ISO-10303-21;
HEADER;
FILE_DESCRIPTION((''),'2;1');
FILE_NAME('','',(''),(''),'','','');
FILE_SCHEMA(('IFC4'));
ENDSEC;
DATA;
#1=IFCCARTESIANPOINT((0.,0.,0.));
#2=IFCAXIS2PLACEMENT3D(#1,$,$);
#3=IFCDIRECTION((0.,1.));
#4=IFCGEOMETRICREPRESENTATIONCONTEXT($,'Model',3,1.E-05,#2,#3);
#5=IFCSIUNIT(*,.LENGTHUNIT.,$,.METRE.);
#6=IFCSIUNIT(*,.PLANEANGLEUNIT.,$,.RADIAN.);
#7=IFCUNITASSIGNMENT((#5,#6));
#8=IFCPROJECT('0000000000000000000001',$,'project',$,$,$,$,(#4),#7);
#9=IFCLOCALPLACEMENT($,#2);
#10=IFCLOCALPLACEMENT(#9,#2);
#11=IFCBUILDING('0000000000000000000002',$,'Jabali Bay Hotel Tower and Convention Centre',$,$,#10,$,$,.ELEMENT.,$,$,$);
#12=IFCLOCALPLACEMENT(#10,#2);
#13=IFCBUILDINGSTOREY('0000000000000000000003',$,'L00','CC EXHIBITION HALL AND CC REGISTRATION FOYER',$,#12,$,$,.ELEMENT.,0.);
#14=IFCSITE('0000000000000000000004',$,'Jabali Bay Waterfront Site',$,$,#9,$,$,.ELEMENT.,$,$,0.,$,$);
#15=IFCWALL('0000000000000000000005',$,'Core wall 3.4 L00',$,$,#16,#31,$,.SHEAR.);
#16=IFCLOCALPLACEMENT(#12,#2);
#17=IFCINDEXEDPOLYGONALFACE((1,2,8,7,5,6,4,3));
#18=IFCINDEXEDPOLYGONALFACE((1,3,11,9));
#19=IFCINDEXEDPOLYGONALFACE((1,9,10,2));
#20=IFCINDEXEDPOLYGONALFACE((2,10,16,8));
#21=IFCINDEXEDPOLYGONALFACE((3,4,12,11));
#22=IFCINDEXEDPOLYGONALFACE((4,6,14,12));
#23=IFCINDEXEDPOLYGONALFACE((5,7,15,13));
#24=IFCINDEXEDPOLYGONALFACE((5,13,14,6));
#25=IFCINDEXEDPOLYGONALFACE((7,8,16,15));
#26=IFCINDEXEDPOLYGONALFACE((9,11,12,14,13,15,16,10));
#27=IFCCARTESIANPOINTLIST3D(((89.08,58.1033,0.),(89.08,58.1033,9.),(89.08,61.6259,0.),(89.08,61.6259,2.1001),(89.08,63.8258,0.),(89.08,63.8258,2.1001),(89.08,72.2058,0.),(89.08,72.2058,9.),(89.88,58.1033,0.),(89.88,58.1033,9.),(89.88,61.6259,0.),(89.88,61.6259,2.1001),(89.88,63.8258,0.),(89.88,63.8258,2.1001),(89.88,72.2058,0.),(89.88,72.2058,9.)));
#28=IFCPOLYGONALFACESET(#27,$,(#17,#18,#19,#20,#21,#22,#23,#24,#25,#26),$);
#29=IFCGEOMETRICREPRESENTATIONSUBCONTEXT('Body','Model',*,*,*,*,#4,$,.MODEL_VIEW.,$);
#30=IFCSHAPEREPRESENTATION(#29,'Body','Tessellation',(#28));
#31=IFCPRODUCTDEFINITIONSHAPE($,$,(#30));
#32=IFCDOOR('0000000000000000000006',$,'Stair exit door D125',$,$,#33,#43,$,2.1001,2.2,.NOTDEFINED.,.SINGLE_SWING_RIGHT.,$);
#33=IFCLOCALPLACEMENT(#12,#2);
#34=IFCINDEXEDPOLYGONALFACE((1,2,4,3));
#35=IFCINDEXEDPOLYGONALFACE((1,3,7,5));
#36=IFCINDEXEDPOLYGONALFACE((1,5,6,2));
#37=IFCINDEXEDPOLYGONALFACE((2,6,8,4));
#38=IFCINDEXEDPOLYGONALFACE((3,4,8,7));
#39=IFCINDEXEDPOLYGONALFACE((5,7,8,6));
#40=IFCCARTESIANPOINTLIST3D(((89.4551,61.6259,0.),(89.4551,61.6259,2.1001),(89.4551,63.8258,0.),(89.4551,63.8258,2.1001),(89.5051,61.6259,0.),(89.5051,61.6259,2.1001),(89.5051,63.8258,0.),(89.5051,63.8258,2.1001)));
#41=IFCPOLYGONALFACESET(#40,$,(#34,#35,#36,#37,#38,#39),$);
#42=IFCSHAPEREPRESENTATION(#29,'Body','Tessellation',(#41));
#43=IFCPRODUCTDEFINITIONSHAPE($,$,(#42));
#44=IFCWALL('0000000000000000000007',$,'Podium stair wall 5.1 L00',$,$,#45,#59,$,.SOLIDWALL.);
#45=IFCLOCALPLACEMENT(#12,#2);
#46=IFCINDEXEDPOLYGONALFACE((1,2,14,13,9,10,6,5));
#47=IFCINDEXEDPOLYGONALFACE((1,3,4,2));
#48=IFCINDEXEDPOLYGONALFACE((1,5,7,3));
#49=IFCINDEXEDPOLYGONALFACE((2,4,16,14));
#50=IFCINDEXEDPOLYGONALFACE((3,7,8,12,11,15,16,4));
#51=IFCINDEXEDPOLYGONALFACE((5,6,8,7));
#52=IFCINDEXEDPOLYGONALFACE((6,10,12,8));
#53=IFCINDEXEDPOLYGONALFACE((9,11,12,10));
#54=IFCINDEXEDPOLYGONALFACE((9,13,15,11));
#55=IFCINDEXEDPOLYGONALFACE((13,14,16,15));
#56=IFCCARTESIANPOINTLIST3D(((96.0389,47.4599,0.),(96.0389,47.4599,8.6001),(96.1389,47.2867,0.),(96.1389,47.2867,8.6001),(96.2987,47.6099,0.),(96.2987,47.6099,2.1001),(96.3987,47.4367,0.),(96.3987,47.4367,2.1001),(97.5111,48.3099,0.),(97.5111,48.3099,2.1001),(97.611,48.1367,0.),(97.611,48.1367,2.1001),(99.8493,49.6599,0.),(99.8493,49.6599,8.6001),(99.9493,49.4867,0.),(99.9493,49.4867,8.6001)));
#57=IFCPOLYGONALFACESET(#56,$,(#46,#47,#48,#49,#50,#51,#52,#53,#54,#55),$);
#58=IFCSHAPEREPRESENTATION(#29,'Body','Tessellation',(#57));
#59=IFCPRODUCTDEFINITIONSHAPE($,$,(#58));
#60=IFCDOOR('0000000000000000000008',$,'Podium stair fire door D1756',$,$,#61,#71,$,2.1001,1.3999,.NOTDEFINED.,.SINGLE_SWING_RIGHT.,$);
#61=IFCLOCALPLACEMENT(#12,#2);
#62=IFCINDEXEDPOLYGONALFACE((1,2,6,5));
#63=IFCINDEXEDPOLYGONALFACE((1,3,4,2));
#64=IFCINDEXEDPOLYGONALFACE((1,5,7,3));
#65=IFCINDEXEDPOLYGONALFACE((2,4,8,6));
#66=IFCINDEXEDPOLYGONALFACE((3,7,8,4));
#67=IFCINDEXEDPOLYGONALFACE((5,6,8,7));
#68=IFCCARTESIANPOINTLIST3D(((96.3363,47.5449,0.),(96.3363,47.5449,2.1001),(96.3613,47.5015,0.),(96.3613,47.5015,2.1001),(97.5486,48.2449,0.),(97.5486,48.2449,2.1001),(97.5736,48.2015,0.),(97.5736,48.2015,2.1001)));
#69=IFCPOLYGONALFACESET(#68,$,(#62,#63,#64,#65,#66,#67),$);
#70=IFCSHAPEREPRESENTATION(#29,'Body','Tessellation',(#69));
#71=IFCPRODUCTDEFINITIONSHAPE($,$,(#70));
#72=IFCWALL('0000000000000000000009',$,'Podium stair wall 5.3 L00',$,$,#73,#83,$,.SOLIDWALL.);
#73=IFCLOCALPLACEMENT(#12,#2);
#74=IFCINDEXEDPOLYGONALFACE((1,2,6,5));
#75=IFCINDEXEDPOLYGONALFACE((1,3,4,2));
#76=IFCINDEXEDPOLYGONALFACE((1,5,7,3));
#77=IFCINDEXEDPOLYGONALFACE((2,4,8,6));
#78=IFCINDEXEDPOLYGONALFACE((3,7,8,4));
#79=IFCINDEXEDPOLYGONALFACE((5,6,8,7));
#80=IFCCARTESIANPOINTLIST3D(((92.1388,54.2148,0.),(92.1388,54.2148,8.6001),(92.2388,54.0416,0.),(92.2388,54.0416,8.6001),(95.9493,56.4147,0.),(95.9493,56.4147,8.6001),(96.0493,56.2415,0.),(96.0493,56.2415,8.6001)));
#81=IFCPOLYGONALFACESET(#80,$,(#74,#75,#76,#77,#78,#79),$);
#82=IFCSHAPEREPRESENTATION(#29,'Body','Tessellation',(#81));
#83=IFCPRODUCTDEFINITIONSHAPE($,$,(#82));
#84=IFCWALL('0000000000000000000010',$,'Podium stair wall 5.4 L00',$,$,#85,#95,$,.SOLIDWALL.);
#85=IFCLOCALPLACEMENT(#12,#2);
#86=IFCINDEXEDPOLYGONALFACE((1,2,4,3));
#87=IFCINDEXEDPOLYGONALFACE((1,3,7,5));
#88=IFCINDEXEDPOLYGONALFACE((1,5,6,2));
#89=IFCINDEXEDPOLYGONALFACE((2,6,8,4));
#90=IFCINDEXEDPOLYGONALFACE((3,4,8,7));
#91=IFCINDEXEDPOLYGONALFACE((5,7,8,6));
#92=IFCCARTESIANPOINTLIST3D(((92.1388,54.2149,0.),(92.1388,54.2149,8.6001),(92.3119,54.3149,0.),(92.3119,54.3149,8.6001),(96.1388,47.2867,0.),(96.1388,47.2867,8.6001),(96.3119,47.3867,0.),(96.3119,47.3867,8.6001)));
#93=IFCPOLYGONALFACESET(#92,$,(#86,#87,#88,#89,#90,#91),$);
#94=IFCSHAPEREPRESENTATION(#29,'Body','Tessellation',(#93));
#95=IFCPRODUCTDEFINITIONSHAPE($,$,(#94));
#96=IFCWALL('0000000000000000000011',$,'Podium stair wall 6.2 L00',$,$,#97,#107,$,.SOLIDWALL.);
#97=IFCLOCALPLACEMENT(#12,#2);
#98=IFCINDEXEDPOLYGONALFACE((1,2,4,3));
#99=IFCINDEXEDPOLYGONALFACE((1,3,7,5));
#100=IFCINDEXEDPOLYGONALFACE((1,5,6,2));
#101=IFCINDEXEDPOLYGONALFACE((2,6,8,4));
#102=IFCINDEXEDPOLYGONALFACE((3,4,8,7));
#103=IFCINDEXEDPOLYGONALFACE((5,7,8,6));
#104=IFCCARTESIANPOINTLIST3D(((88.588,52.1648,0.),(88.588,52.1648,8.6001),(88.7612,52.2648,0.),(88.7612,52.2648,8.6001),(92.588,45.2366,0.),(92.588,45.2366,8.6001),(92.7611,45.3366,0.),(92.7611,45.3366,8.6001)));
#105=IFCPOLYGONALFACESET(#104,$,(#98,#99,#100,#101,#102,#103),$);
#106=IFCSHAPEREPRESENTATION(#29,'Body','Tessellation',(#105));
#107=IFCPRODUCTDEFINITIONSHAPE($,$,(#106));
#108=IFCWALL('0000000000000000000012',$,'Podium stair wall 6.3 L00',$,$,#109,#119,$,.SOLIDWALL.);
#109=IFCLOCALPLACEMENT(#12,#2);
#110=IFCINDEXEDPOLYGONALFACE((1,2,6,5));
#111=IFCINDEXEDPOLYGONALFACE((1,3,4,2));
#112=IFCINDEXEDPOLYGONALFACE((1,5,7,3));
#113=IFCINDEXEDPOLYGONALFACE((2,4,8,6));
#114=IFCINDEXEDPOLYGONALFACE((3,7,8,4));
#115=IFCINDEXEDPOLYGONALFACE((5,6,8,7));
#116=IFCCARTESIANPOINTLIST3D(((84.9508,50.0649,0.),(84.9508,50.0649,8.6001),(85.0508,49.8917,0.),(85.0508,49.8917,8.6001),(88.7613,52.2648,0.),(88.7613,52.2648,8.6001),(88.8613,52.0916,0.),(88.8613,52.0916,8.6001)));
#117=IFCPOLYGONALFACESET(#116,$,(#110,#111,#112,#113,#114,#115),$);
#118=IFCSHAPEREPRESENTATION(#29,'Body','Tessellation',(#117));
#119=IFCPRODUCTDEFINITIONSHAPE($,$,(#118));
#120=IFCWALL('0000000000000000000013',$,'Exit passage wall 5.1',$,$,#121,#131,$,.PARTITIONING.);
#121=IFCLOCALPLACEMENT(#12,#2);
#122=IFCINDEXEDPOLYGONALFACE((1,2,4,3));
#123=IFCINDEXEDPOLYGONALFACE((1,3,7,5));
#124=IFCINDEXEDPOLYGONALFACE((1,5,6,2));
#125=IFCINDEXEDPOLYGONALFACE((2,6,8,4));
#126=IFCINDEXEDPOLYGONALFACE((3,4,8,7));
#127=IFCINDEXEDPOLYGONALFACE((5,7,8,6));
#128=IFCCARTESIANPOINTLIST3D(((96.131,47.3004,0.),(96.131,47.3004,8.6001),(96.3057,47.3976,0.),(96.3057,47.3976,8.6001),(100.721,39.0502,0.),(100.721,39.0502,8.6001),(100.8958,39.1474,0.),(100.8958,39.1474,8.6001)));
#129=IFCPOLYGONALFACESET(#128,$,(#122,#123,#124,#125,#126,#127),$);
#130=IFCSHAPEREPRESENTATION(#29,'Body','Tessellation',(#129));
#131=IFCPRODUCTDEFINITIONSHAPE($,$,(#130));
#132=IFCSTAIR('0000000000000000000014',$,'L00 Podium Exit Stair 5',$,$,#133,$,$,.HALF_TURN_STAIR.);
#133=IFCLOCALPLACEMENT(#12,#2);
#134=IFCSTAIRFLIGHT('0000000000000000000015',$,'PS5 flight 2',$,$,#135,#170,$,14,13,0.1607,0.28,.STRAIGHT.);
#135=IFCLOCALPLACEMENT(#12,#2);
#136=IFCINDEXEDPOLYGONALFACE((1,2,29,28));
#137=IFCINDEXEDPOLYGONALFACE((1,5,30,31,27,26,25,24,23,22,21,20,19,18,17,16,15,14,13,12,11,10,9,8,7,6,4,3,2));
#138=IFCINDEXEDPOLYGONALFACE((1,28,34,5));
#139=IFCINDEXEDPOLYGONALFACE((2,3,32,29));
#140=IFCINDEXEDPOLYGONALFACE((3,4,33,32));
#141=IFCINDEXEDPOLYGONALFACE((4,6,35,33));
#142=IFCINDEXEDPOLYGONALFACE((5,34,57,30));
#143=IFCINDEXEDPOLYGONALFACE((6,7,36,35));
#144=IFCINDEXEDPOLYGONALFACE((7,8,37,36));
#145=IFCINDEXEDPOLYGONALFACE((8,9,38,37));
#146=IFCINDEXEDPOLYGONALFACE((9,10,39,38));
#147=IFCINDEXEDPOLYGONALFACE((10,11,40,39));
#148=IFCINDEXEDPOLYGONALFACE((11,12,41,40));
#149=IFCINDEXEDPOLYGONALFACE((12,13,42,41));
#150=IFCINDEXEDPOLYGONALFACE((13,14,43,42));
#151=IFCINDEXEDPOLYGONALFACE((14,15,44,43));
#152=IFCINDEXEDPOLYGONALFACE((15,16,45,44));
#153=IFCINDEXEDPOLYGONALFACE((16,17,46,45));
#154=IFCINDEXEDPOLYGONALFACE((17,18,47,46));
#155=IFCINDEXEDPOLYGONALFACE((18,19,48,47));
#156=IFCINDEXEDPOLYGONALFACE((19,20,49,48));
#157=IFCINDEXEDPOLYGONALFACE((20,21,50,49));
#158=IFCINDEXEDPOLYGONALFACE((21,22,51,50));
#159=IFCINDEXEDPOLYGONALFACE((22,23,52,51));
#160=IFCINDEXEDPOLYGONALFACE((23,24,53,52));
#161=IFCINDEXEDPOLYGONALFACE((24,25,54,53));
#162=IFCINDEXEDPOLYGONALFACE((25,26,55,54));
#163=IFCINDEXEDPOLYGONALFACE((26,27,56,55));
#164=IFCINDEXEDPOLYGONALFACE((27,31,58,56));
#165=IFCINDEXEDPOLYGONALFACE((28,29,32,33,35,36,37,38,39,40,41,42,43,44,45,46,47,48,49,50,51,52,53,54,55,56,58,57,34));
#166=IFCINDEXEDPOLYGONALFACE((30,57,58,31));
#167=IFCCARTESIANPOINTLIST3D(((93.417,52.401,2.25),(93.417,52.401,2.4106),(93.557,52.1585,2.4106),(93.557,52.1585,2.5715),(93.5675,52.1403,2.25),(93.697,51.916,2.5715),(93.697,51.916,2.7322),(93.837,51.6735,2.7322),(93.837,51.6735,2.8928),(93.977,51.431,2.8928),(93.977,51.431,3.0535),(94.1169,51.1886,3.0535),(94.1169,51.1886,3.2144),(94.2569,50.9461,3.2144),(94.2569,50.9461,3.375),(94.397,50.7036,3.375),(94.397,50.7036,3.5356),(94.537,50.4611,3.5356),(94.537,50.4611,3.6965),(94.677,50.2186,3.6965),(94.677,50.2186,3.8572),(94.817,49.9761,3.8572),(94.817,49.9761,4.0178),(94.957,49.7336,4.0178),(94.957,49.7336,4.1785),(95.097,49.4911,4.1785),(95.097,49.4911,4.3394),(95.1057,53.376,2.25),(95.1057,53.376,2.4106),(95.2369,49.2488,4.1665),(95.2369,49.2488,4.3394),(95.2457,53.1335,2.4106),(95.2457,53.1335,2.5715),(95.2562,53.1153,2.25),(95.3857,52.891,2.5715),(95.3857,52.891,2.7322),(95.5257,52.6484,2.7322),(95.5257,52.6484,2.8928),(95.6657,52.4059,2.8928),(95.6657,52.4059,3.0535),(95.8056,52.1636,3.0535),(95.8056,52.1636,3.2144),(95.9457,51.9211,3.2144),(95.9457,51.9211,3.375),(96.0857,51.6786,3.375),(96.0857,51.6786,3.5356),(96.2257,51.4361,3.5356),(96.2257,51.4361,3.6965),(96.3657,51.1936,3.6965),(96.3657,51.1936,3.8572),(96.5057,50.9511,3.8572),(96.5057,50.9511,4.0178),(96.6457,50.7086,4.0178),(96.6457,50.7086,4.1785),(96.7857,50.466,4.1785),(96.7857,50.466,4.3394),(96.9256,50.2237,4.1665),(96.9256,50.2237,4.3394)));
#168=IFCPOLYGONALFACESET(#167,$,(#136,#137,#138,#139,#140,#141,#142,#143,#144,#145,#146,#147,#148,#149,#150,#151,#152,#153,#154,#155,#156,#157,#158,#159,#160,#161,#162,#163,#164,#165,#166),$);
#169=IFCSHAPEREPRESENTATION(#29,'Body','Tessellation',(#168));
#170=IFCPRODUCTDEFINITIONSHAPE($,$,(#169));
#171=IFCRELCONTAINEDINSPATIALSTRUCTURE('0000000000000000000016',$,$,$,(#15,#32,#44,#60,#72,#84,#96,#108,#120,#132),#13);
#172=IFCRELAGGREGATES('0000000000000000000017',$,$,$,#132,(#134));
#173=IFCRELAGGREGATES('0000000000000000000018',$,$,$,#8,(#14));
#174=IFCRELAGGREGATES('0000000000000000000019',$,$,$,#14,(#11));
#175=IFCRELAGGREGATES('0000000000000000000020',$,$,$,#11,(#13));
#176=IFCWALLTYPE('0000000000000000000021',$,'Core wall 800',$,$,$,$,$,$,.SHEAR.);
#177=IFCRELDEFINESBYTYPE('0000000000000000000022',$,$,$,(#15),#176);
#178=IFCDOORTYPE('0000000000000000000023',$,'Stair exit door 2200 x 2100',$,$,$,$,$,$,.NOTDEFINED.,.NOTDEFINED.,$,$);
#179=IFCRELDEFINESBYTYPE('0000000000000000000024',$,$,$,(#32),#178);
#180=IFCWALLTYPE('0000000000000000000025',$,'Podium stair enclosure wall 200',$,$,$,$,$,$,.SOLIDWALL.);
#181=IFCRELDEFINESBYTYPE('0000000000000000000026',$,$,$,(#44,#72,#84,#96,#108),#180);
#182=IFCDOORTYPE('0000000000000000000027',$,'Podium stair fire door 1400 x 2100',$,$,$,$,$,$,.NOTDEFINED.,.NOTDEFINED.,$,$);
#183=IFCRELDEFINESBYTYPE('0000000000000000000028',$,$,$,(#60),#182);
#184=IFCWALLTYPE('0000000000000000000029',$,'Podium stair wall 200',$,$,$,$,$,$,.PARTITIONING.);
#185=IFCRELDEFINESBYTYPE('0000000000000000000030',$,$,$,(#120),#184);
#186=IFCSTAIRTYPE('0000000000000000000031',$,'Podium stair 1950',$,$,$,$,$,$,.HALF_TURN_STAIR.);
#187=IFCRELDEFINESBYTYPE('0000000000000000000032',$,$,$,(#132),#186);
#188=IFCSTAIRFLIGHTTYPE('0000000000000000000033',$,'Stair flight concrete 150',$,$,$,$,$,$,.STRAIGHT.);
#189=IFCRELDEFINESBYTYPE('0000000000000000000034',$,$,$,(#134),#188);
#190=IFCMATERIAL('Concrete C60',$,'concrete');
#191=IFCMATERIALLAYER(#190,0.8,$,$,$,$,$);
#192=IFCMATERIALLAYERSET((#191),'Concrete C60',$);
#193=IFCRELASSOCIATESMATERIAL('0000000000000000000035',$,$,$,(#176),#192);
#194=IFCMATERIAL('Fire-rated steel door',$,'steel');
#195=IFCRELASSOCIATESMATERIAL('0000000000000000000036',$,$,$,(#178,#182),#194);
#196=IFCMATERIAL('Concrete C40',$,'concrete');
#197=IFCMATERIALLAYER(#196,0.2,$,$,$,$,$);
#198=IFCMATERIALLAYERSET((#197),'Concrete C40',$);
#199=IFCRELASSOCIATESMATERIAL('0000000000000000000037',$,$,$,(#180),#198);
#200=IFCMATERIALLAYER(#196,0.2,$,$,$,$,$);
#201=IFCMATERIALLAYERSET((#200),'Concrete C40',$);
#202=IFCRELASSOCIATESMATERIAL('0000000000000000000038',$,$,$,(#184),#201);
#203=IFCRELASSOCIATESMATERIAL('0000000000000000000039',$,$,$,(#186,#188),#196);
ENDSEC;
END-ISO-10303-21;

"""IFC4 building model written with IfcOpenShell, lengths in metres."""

from ifc_helpers import new_model, si_unit, direction, frame, frame_2d, origin, place, context, subcontext, project, spatial, polyline, rectangle, outline, extrude, material, layer, layer_set, type_object, element, fill, aggregate, save


model = new_model("IFC4")

# Units and contexts
model_context = context("Model", 3, precision=1e-05, world=origin(), true_north=direction((0.0, 1.0)))
body_context = subcontext(model_context, "Body", "Model", "MODEL_VIEW")
ifc_project = project(units=[si_unit("LENGTHUNIT", "METRE"), si_unit("PLANEANGLEUNIT", "RADIAN")], contexts=[model_context])

# Site, building, storey
site_placement = place(None, origin())
site = spatial("IfcSite", under=ifc_project, at=site_placement, Name="Jabali Bay Waterfront Site", CompositionType="ELEMENT", RefElevation=0.0)
building_placement = place(site_placement, origin())
building = spatial("IfcBuilding", under=site, at=building_placement, Name="Jabali Bay Hotel Tower and Convention Centre", CompositionType="ELEMENT")
storey_placement = place(building_placement, origin())
storey = spatial("IfcBuildingStorey", under=building, at=storey_placement, Name="L00", Description="CC EXHIBITION HALL AND CC REGISTRATION FOYER", CompositionType="ELEMENT", Elevation=0.0)

# Walls, openings, doors
ifc_material_1 = material(Name="Concrete C60", Category="concrete")
ifc_layer_1 = layer(ifc_material_1, 0.8)
ifc_layer_set_1 = layer_set([ifc_layer_1], Name="Concrete C60")
wall_type_1 = type_object("IfcWallType", Name="Core wall 800", PredefinedType="SHEAR", material=ifc_layer_set_1)
wall_1_placement = place(storey_placement, frame((89.48, 58.1033, 0.0), z_axis=(0.0, 0.0, 1.0), x_axis=(0.0, 1.0, 0.0)))
wall_1 = element("IfcWall", 1, at=wall_1_placement, inside=storey, type_object=wall_type_1, Name="Core wall 3.4 L00", PredefinedType="SHEAR", context=body_context, shape_type="SweptSolid", body=[
    extrude(rectangle(XDim=14.1025, YDim=0.8, at=frame_2d((7.0513, 0.0))), origin(), (0.0, 0.0, 1.0), 9.0),
])
opening_1_placement = place(wall_1_placement, frame((3.5225, 0.0, 0.0)))
opening_1 = element("IfcOpeningElement", 2, at=opening_1_placement, cuts=wall_1, PredefinedType="OPENING", context=body_context, shape_type="SweptSolid", body=[
    extrude(rectangle(XDim=2.2, YDim=2.1001, at=frame_2d((1.1001, 1.05))), frame((0.0, 0.4106, 0.0), z_axis=(0.0, -1.0, 0.0), x_axis=(1.0, 0.0, 0.0)), (0.0, 0.0, 1.0), 0.821),
])
ifc_material_2 = material(Name="Fire-rated steel door", Category="steel")
door_type_1 = type_object("IfcDoorType", Name="Stair exit door 2200 x 2100", OperationType="NOTDEFINED", PredefinedType="NOTDEFINED", material=ifc_material_2)
door_1_placement = place(opening_1_placement, origin())
door_1 = element("IfcDoor", 3, at=door_1_placement, inside=storey, type_object=door_type_1, Name="Stair exit door D125", OperationType="SINGLE_SWING_RIGHT", OverallHeight=2.1001, OverallWidth=2.2, PredefinedType="NOTDEFINED", context=body_context, shape_type="SweptSolid", body=[
    extrude(rectangle(XDim=2.2, YDim=2.1001, at=frame_2d((1.1001, 1.05))), frame((0.0, 0.0249, 0.0), z_axis=(0.0, -1.0, 0.0), x_axis=(1.0, 0.0, 0.0)), (0.0, 0.0, 1.0), 0.05),
])
fill(opening_1, door_1)
ifc_material_3 = material(Name="Concrete C40", Category="concrete")
ifc_layer_2 = layer(ifc_material_3, 0.2)
ifc_layer_set_2 = layer_set([ifc_layer_2], Name="Concrete C40")
wall_type_2 = type_object("IfcWallType", Name="Podium stair enclosure wall 200", PredefinedType="SOLIDWALL", material=ifc_layer_set_2)
wall_2_placement = place(storey_placement, frame((96.0889, 47.3733, 0.0), z_axis=(0.0, 0.0, 1.0), x_axis=(0.866018, 0.500012, 0.0)))
wall_2 = element("IfcWall", 4, at=wall_2_placement, inside=storey, type_object=wall_type_2, Name="Podium stair wall 5.1 L00", PredefinedType="SOLIDWALL", context=body_context, shape_type="SweptSolid", body=[
    extrude(rectangle(XDim=4.3999, YDim=0.2, at=frame_2d((2.2, 0.0))), origin(), (0.0, 0.0, 1.0), 8.6001),
])
opening_2_placement = place(wall_2_placement, frame((0.3, 0.0, 0.0)))
opening_2 = element("IfcOpeningElement", 5, at=opening_2_placement, cuts=wall_2, PredefinedType="OPENING", context=body_context, shape_type="SweptSolid", body=[
    extrude(rectangle(XDim=1.3999, YDim=2.1001, at=frame_2d((0.7, 1.05))), frame((0.0, 0.1104, 0.0), z_axis=(0.0, -1.0, 0.0), x_axis=(1.0, 0.0, 0.0)), (0.0, 0.0, 1.0), 0.2209),
])
door_type_2 = type_object("IfcDoorType", Name="Podium stair fire door 1400 x 2100", OperationType="NOTDEFINED", PredefinedType="NOTDEFINED", material=ifc_material_2)
door_2_placement = place(opening_2_placement, origin())
door_2 = element("IfcDoor", 6, at=door_2_placement, inside=storey, type_object=door_type_2, Name="Podium stair fire door D1756", OperationType="SINGLE_SWING_RIGHT", OverallHeight=2.1001, OverallWidth=1.3999, PredefinedType="NOTDEFINED", context=body_context, shape_type="SweptSolid", body=[
    extrude(rectangle(XDim=1.3999, YDim=2.1001, at=frame_2d((0.7, 1.05))), frame((0.0, 0.0249, 0.0), z_axis=(0.0, -1.0, 0.0), x_axis=(1.0, 0.0, 0.0)), (0.0, 0.0, 1.0), 0.05),
])
fill(opening_2, door_2)

# Walls
wall_3_placement = place(storey_placement, frame((95.9993, 56.3281, 0.0), z_axis=(0.0, 0.0, 1.0), x_axis=(-0.866032, -0.499988, 0.0)))
element("IfcWall", 7, at=wall_3_placement, inside=storey, type_object=wall_type_2, Name="Podium stair wall 5.3 L00", PredefinedType="SOLIDWALL", context=body_context, shape_type="SweptSolid", body=[
    extrude(rectangle(XDim=4.3999, YDim=0.2, at=frame_2d((2.2, 0.0))), origin(), (0.0, 0.0, 1.0), 8.6001),
])
for number, where, z_axis, x_axis, name in (
    (8, (92.2253, 54.2649, 0.0), (0.0, 0.0, 1.0), (0.499999, -0.866026, 0.0), "Podium stair wall 5.4 L00"),
    (9, (92.6746, 45.2866, 0.0), (0.0, 0.0, 1.0), (-0.499999, 0.866026, 0.0), "Podium stair wall 6.2 L00"),
):
    element("IfcWall", number, at=place(storey_placement, frame(where, z_axis=z_axis, x_axis=x_axis)), inside=storey, type_object=wall_type_2, Name=name, PredefinedType="SOLIDWALL", context=body_context, shape_type="SweptSolid", body=[
        extrude(rectangle(XDim=8.0, YDim=0.2, at=frame_2d((4.0, 0.0))), origin(), (0.0, 0.0, 1.0), 8.6001),
    ])
wall_4_placement = place(storey_placement, frame((88.8113, 52.1782, 0.0), z_axis=(0.0, 0.0, 1.0), x_axis=(-0.866032, -0.499988, 0.0)))
element("IfcWall", 10, at=wall_4_placement, inside=storey, type_object=wall_type_2, Name="Podium stair wall 6.3 L00", PredefinedType="SOLIDWALL", context=body_context, shape_type="SweptSolid", body=[
    extrude(rectangle(XDim=4.3999, YDim=0.2, at=frame_2d((2.2, 0.0))), origin(), (0.0, 0.0, 1.0), 8.6001),
])
ifc_layer_3 = layer(ifc_material_3, 0.2)
ifc_layer_set_3 = layer_set([ifc_layer_3], Name="Concrete C40")
wall_type_3 = type_object("IfcWallType", Name="Podium stair wall 200", PredefinedType="PARTITIONING", material=ifc_layer_set_3)
wall_5_placement = place(storey_placement, frame((96.2183, 47.3491, 0.0), z_axis=(0.0, 0.0, 1.0), x_axis=(0.486179, -0.873859, 0.0)))
element("IfcWall", 11, at=wall_5_placement, inside=storey, type_object=wall_type_3, Name="Exit passage wall 5.1", PredefinedType="PARTITIONING", context=body_context, shape_type="SweptSolid", body=[
    extrude(rectangle(XDim=9.4412, YDim=0.2, at=frame_2d((4.7207, 0.0))), origin(), (0.0, 0.0, 1.0), 8.6001),
])

# Stair, stair flight
stair_type = type_object("IfcStairType", Name="Podium stair 1950", PredefinedType="HALF_TURN_STAIR", material=ifc_material_3)
stair_1_placement = place(storey_placement, origin())
stair_1 = element("IfcStair", 12, at=stair_1_placement, inside=storey, type_object=stair_type, Name="L00 Podium Exit Stair 5", PredefinedType="HALF_TURN_STAIR")
stair_flight_type = type_object("IfcStairFlightType", Name="Stair flight concrete 150", PredefinedType="STRAIGHT", material=ifc_material_3)
stair_flight_1_placement = place(storey_placement, frame((94.2612, 52.8884, 2.25), z_axis=(0.0, 0.0, 1.0), x_axis=(0.5, -0.866025, 0.0)))
stair_flight_1 = element("IfcStairFlight", 13, at=stair_flight_1_placement, type_object=stair_flight_type, Name="PS5 flight 2", NumberOfRisers=14, NumberOfTreads=13, PredefinedType="STRAIGHT", RiserHeight=0.1607, TreadLength=0.28, context=body_context, shape_type="SweptSolid", body=[
    extrude(outline(polyline([(0.0, 0.0), (0.0, 0.1606), (0.28, 0.1606), (0.28, 0.3215), (0.5601, 0.3215), (0.5601, 0.4822), (0.8401, 0.4822), (0.8401, 0.6428), (1.1201, 0.6428), (1.1201, 0.8035), (1.3999, 0.8035), (1.3999, 0.9644), (1.6799, 0.9644), (1.6799, 1.125), (1.96, 1.125), (1.96, 1.2856), (2.24, 1.2856), (2.24, 1.4465), (2.52, 1.4465), (2.52, 1.6072), (2.8, 1.6072), (2.8, 1.7678), (3.0801, 1.7678), (3.0801, 1.9285), (3.3601, 1.9285), (3.3601, 2.0894), (3.6399, 2.0894), (3.6399, 2.25), (3.6399, 1.9165), (0.301, 0.0), (0.0, 0.0)])), frame((0.0, 0.9751, 0.0), z_axis=(0.0, -1.0, 0.0), x_axis=(1.0, 0.0, 0.0)), (0.0, 0.0, 1.0), 1.95),
])
aggregate(stair_1, [stair_flight_1])

save(model, "model.ifc")
